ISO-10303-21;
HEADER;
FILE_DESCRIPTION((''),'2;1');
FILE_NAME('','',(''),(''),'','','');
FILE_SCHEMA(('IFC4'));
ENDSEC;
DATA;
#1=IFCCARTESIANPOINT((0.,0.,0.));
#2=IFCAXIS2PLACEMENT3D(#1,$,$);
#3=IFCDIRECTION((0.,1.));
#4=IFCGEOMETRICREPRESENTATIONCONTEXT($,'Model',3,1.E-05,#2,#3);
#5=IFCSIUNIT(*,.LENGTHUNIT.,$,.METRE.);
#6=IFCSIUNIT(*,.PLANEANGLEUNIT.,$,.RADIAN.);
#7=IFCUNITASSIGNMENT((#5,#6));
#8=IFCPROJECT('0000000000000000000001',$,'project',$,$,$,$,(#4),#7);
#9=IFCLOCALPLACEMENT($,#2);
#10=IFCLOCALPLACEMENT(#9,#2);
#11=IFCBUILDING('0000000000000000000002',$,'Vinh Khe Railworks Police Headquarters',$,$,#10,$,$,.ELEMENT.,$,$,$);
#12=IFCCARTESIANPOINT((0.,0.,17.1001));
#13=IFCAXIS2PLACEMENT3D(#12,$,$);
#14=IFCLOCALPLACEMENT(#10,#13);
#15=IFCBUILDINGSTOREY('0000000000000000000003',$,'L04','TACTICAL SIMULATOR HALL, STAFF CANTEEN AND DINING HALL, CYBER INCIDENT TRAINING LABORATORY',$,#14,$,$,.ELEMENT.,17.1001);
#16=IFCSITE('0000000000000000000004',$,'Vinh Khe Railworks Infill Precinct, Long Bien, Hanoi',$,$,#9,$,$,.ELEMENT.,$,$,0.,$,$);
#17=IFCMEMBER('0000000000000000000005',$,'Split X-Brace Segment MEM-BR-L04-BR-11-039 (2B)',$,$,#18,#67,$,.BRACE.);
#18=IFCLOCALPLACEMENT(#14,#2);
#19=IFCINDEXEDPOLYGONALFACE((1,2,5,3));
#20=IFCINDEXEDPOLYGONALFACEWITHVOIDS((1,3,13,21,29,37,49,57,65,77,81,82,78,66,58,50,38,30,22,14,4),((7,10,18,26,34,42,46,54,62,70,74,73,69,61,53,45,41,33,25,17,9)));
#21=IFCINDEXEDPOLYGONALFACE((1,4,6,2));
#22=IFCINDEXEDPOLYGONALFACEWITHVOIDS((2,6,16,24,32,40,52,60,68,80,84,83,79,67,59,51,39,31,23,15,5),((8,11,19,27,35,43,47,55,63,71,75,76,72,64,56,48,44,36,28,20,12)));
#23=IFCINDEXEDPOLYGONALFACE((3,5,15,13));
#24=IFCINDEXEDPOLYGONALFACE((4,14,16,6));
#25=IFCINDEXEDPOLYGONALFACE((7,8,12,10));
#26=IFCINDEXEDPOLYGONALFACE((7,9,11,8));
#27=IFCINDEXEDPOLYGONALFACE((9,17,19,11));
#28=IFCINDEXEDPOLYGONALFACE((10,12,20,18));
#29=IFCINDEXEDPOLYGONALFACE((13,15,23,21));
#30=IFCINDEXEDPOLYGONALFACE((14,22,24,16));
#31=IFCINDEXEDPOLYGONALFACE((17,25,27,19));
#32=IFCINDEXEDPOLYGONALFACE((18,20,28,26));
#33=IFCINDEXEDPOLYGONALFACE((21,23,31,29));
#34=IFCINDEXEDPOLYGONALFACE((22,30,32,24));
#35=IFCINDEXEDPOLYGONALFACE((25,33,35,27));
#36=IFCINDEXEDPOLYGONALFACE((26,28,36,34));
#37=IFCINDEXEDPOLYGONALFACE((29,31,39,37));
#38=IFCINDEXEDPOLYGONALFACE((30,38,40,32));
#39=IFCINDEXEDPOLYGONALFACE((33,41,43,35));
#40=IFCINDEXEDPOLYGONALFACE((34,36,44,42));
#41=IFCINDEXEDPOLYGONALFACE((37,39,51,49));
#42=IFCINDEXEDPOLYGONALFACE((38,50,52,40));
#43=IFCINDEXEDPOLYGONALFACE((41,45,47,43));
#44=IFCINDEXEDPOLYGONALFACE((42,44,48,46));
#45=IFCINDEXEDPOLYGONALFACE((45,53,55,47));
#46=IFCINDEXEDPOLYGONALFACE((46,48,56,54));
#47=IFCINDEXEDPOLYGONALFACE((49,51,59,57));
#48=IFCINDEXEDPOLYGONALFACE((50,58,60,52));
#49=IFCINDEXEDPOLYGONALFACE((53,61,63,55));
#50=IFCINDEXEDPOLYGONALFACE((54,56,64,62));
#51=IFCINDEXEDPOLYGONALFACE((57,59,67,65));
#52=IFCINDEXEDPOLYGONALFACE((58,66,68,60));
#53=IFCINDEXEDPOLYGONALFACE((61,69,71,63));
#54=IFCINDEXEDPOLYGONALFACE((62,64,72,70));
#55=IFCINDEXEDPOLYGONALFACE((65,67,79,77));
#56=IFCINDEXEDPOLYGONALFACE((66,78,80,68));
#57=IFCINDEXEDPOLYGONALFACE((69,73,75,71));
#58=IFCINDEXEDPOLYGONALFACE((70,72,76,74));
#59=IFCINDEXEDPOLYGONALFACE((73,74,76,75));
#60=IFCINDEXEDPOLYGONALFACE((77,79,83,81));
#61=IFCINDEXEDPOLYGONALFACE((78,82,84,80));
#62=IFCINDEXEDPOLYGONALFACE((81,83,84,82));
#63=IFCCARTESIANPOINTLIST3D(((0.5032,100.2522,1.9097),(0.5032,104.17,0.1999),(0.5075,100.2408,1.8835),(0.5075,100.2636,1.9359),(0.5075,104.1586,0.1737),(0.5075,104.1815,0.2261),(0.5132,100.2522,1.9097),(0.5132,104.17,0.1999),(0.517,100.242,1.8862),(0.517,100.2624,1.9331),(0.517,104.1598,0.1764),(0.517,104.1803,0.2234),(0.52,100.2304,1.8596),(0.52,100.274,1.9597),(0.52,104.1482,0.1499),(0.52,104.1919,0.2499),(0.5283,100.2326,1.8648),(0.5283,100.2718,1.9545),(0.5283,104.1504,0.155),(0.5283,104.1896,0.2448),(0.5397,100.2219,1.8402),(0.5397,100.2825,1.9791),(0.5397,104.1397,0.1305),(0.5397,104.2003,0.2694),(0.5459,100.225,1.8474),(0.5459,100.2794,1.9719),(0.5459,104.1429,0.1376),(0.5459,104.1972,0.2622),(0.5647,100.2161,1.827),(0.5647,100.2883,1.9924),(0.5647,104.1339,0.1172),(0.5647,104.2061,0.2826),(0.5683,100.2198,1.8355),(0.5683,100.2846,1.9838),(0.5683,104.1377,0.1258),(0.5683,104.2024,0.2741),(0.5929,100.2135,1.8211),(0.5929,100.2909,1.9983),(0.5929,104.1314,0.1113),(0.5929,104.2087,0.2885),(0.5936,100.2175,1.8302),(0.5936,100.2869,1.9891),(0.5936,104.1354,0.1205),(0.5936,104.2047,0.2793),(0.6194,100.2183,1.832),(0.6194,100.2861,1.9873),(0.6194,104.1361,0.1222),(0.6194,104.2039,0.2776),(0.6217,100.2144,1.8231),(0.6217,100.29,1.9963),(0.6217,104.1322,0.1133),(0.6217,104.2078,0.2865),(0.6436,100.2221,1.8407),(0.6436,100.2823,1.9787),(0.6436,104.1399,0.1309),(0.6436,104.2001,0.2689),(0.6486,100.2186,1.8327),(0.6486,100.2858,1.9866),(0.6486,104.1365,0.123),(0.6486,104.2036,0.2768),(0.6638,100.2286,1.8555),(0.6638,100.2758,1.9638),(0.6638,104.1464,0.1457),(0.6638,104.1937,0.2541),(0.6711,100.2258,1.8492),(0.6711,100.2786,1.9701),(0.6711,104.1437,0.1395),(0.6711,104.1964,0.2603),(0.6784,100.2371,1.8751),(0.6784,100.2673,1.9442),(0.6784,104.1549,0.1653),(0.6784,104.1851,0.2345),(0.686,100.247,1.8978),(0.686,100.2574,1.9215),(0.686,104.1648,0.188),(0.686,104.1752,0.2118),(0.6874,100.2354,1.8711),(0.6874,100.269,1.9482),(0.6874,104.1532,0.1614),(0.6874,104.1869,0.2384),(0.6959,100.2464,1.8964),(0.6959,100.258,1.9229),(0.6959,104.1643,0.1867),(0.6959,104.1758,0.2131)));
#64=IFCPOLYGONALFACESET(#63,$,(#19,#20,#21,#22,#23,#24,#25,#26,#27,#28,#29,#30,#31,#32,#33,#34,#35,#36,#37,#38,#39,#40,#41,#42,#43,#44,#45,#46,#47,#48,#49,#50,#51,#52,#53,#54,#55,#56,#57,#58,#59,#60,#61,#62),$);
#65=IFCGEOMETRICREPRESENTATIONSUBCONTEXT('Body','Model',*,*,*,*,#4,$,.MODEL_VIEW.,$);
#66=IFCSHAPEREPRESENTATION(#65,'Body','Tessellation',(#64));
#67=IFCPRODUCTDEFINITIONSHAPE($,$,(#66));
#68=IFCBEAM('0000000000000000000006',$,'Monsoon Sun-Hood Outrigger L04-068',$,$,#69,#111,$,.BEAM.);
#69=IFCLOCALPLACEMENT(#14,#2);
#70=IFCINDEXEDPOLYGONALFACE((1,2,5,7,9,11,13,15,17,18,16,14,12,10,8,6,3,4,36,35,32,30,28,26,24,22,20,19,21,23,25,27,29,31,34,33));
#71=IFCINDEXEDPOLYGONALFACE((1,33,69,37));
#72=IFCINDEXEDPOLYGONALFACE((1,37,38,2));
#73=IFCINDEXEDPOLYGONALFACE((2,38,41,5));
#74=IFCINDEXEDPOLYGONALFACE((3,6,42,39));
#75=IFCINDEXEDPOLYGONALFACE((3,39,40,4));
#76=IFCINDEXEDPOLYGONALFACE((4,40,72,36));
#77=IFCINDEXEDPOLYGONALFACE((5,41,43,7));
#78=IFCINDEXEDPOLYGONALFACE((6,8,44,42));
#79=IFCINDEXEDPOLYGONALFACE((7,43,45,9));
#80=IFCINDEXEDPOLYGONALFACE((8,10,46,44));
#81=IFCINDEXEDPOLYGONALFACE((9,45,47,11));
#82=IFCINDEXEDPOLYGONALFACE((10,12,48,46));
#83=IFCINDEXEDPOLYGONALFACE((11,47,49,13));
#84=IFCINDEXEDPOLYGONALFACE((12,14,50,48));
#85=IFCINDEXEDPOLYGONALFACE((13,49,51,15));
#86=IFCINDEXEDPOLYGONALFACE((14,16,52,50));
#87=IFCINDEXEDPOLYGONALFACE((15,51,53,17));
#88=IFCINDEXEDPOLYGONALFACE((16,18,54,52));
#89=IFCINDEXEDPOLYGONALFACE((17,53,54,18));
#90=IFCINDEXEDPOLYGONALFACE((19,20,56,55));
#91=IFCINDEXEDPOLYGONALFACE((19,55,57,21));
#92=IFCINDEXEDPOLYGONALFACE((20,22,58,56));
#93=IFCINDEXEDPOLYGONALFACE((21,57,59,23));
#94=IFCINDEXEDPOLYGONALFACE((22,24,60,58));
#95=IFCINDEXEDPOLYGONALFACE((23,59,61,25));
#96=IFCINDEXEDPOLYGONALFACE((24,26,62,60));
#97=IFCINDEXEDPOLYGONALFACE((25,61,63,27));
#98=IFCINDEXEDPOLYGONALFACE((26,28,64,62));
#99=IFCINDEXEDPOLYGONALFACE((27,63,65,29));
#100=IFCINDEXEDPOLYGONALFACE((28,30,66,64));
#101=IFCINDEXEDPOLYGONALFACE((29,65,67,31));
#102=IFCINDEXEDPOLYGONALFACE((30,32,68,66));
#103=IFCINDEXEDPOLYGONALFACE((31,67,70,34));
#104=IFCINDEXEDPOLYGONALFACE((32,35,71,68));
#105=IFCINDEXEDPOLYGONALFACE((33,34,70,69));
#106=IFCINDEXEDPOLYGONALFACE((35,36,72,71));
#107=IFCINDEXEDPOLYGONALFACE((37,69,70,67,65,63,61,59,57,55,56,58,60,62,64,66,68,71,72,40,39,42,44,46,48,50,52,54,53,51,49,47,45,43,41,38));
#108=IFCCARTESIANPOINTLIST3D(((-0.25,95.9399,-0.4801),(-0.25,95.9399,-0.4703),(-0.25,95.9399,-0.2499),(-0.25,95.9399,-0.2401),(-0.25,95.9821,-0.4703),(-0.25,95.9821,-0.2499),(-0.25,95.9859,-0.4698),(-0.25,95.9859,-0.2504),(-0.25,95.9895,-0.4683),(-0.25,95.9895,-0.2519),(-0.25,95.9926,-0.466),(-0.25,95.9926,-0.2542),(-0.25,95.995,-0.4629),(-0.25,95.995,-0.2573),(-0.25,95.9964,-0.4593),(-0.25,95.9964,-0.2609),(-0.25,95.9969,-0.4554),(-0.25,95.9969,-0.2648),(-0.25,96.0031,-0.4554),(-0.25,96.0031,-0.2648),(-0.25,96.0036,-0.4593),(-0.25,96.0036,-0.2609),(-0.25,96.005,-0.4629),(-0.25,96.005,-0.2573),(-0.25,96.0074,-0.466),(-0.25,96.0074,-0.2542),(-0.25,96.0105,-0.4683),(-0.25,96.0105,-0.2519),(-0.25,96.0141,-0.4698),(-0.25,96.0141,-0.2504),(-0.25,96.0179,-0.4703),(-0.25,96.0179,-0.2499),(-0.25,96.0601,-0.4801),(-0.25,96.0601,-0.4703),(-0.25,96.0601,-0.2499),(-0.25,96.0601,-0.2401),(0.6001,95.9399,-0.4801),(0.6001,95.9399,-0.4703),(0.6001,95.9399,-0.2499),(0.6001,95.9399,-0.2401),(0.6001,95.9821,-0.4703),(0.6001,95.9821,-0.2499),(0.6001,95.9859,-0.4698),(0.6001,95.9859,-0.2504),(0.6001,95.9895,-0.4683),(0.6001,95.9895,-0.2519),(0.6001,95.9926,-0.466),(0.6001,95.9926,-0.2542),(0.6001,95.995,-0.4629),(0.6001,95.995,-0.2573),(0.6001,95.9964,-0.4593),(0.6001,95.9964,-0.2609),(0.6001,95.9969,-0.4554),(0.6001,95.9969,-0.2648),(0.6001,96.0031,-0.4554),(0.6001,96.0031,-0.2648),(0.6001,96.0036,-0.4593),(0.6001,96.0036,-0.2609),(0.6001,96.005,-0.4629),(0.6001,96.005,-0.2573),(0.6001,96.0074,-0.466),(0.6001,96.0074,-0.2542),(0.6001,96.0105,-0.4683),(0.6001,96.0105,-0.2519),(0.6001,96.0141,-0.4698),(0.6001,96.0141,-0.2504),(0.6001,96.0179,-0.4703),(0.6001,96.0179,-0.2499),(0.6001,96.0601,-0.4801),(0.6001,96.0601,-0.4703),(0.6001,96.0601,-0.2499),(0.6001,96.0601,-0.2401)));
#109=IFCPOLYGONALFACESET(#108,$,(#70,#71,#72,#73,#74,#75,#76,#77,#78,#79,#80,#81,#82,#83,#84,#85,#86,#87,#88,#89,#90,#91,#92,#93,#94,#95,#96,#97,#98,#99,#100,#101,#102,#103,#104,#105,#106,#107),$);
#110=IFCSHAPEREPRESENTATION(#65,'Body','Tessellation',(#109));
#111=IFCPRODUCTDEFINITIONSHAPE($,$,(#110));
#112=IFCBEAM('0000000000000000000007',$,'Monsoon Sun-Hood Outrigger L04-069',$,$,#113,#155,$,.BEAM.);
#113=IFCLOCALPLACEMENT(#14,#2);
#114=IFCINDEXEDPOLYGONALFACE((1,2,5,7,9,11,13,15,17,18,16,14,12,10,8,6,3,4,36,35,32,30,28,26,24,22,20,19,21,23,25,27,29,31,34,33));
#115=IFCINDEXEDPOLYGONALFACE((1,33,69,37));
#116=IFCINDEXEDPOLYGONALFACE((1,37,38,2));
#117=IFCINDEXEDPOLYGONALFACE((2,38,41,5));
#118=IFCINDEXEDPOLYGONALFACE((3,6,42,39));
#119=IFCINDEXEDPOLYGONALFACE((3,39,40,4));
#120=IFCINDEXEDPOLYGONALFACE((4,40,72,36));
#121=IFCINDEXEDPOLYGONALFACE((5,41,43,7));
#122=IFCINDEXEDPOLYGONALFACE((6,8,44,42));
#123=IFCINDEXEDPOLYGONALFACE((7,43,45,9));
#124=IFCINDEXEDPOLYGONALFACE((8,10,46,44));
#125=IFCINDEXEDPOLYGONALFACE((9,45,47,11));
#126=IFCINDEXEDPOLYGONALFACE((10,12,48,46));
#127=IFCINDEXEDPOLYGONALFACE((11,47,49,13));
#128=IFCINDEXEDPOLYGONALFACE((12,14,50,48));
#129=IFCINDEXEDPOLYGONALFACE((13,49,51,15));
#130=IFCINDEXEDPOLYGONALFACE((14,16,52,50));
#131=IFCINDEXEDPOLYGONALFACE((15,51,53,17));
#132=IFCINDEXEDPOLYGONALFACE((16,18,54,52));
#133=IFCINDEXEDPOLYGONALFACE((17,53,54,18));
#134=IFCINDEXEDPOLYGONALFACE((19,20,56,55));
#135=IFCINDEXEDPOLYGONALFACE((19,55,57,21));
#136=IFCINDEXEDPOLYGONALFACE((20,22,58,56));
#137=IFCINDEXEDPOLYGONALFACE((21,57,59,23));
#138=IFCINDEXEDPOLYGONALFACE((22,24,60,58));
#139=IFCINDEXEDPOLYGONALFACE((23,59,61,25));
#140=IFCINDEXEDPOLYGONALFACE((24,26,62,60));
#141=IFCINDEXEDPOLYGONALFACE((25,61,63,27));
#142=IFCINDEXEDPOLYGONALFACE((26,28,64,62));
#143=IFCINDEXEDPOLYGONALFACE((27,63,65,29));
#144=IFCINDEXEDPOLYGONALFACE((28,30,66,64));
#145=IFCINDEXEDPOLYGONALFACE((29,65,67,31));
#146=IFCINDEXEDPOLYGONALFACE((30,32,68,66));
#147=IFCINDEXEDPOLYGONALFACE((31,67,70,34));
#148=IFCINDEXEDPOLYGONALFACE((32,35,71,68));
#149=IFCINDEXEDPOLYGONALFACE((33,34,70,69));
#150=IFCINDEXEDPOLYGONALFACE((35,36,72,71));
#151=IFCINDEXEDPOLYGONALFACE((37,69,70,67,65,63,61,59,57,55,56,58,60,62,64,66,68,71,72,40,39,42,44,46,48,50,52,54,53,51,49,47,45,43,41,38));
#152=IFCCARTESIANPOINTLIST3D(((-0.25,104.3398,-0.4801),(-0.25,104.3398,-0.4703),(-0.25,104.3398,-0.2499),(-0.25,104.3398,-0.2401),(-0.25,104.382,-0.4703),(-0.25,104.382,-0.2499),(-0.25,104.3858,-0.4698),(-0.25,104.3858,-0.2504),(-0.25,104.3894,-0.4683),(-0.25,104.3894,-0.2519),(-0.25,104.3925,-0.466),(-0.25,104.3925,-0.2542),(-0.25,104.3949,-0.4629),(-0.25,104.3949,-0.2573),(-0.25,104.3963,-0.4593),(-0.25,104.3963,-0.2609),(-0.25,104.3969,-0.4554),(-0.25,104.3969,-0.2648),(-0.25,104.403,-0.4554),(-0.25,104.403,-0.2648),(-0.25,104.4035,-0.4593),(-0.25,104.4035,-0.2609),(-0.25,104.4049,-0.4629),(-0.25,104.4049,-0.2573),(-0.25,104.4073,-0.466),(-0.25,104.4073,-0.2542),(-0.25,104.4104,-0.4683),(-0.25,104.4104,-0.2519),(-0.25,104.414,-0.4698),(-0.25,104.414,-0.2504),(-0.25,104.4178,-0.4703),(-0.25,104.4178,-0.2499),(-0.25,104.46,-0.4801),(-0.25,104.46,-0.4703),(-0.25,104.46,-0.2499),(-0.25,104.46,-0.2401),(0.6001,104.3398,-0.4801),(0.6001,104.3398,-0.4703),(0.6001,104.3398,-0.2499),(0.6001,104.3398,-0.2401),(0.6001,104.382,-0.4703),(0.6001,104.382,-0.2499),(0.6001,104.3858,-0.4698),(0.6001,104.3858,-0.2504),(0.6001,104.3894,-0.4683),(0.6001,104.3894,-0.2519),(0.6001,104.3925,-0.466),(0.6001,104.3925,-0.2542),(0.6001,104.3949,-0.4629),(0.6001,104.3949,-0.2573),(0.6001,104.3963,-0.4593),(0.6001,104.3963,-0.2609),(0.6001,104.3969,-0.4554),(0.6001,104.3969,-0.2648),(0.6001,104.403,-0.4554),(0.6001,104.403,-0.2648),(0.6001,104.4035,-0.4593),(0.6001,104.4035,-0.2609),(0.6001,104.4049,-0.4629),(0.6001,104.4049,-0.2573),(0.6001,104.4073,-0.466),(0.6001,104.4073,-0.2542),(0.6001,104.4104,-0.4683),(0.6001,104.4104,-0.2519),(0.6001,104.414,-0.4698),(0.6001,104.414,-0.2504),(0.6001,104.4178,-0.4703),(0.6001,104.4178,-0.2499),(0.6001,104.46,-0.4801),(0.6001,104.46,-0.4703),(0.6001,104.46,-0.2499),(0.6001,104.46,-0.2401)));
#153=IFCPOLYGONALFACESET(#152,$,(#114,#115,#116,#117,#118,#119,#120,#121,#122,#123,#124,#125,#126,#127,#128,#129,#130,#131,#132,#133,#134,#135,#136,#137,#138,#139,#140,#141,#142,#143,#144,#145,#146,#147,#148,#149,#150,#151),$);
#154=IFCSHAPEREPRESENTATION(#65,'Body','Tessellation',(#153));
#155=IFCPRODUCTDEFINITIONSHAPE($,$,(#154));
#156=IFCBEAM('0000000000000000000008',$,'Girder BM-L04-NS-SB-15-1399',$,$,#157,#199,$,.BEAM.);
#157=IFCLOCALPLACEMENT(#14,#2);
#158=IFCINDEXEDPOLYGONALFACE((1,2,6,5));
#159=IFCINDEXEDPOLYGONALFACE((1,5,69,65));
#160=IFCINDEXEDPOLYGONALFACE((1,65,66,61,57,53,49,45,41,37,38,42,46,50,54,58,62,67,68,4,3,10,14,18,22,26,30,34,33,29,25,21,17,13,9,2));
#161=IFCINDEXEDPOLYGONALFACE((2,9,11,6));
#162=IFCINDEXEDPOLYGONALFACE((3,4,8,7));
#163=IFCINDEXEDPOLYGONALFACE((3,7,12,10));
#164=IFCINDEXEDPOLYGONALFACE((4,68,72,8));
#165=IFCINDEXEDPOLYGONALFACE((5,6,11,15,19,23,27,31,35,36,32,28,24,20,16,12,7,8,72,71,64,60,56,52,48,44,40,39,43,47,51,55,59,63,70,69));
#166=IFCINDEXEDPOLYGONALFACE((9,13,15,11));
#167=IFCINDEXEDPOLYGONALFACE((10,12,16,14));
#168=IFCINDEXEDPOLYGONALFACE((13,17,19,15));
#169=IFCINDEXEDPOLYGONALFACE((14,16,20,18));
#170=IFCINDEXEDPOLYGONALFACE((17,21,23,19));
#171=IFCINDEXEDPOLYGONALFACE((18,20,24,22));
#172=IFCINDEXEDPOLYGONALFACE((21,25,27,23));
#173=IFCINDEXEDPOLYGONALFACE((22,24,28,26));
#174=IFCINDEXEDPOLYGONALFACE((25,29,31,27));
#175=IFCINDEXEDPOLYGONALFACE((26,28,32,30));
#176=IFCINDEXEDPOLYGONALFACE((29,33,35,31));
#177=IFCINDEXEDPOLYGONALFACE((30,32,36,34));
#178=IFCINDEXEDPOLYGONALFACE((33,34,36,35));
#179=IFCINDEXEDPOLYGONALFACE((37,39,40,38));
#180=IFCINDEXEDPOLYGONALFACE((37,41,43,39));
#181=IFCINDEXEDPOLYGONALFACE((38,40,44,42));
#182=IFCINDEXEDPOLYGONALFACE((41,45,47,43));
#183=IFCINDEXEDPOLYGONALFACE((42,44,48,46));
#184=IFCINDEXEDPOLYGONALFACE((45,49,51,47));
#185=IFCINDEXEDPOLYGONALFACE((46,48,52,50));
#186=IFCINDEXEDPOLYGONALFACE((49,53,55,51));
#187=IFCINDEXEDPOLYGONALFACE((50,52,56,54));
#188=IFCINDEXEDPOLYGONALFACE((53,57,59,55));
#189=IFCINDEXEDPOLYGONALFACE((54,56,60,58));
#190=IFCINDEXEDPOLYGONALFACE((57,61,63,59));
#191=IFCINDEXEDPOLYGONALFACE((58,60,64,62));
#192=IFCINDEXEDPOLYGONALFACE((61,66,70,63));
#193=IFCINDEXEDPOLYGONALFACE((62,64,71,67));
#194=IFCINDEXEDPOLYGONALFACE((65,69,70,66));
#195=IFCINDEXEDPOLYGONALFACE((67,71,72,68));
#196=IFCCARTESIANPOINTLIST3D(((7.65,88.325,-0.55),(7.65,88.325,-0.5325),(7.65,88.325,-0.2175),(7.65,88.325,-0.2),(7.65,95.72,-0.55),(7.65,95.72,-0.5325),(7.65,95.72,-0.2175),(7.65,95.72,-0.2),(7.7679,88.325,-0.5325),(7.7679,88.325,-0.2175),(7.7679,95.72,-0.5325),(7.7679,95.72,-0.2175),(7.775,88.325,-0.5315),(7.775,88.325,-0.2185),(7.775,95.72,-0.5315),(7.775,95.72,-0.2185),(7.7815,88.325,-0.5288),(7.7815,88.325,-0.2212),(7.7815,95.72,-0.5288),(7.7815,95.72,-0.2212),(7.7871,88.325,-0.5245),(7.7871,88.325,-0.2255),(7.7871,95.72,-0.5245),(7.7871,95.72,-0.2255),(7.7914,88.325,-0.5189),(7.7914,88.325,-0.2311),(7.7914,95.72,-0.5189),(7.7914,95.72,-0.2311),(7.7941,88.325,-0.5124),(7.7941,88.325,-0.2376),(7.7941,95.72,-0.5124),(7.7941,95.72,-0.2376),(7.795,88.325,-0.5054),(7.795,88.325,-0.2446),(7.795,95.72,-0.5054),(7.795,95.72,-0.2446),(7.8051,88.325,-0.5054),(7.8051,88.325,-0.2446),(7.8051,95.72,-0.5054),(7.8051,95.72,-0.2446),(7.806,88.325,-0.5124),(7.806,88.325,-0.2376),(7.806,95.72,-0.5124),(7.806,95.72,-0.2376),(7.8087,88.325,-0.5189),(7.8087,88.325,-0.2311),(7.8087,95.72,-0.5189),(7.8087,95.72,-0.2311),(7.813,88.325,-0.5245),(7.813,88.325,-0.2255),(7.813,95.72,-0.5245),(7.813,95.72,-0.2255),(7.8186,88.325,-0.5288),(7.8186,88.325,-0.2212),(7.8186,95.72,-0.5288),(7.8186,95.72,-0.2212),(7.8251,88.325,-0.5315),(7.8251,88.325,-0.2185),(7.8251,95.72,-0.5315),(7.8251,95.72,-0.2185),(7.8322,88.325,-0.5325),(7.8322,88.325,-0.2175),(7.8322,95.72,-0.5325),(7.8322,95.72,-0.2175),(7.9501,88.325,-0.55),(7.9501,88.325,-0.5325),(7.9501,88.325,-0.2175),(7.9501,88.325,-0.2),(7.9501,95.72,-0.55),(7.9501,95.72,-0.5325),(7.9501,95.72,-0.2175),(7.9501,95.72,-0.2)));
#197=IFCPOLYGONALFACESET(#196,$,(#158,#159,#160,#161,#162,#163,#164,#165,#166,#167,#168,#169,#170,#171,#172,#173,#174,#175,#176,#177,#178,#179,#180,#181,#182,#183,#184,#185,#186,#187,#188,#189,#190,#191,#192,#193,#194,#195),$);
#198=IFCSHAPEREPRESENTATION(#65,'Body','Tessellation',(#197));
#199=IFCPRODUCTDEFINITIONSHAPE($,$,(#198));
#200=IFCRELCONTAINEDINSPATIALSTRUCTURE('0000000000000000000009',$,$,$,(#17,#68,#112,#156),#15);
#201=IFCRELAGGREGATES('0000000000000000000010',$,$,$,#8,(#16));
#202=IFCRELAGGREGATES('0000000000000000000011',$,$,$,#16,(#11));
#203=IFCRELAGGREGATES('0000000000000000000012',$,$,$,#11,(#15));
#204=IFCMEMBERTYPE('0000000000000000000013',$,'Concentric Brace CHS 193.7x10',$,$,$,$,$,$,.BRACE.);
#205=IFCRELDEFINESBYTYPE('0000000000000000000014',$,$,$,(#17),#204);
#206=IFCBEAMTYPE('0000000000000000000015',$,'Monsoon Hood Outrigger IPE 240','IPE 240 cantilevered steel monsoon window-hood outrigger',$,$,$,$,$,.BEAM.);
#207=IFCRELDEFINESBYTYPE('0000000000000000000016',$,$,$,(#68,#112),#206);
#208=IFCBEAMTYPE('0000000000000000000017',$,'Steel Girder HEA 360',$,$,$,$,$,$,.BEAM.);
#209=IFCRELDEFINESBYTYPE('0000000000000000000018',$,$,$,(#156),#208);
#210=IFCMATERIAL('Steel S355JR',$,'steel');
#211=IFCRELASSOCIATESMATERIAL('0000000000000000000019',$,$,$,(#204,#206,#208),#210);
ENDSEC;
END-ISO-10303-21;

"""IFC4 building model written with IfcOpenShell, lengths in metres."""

from ifc_helpers import new_model, si_unit, direction, frame, origin, origin_2d, place, context, subcontext, project, spatial, hollow_circle, i_section, extrude, material, material_profile, profile_set, type_object, element, save


model = new_model("IFC4")

# Units and contexts
model_context = context("Model", 3, precision=1e-05, world=origin(), true_north=direction((0.0, 1.0)))
body_context = subcontext(model_context, "Body", "Model", "MODEL_VIEW")
ifc_project = project(units=[si_unit("LENGTHUNIT", "METRE"), si_unit("PLANEANGLEUNIT", "RADIAN")], contexts=[model_context])

# Site, building, storey
site_placement = place(None, origin())
site = spatial("IfcSite", under=ifc_project, at=site_placement, Name="Vinh Khe Railworks Infill Precinct, Long Bien, Hanoi", CompositionType="ELEMENT", RefElevation=0.0)
building_placement = place(site_placement, origin())
building = spatial("IfcBuilding", under=site, at=building_placement, Name="Vinh Khe Railworks Police Headquarters", CompositionType="ELEMENT")
storey_placement = place(building_placement, frame((0.0, 0.0, 17.1001)))
storey = spatial("IfcBuildingStorey", under=building, at=storey_placement, Name="L04", Description="TACTICAL SIMULATOR HALL, STAFF CANTEEN AND DINING HALL, CYBER INCIDENT TRAINING LABORATORY", CompositionType="ELEMENT", Elevation=17.1001)

# Shared definitions
ifc_material_1 = material(Name="Steel S355JR", Category="steel")

# Member
ifc_material_profile_1 = material_profile(ifc_material_1, hollow_circle(Radius=0.0969, WallThickness=0.01, at=origin_2d()), Name="CHS 193.7x10")
ifc_profile_set_1 = profile_set([ifc_material_profile_1], Name="Steel S355JR")
member_type = type_object("IfcMemberType", Name="Concentric Brace CHS 193.7x10", PredefinedType="BRACE", material=ifc_profile_set_1)
for number, where, z_axis, x_axis, name in (
    (1, (0.6001, 100.2522, 1.9097), (0.0, 0.916525, -0.399977), (-1.0, 0.0, 0.0), "Split X-Brace Segment MEM-BR-L04-BR-11-039 (2B)"),
):
    element("IfcMember", number, at=place(storey_placement, frame(where, z_axis=z_axis, x_axis=x_axis)), inside=storey, type_object=member_type, Name=name, PredefinedType="BRACE", context=body_context, shape_type="SweptSolid", body=[
        extrude(hollow_circle(Radius=0.0969, WallThickness=0.01, at=origin_2d()), origin(), (0.0, 0.0, 1.0), 4.2747),
    ])

# Beams
ifc_material_profile_2 = material_profile(ifc_material_1, i_section(OverallWidth=0.1201, OverallDepth=0.24, WebThickness=0.0061, FlangeThickness=0.0098, FilletRadius=0.0149, at=origin_2d()), Name="IPE 240")
ifc_profile_set_2 = profile_set([ifc_material_profile_2], Name="Steel S355JR")
beam_type_1 = type_object("IfcBeamType", Name="Monsoon Hood Outrigger IPE 240", Description="IPE 240 cantilevered steel monsoon window-hood outrigger", PredefinedType="BEAM", material=ifc_profile_set_2)
for number, where, z_axis, x_axis, name in (
    (2, (-0.25, 96.0, -0.3601), (1.0, 0.0, 0.0), (0.0, 1.0, 0.0), "Monsoon Sun-Hood Outrigger L04-068"),
    (3, (-0.25, 104.3999, -0.3601), (1.0, 0.0, 0.0), (0.0, 1.0, 0.0), "Monsoon Sun-Hood Outrigger L04-069"),
):
    element("IfcBeam", number, at=place(storey_placement, frame(where, z_axis=z_axis, x_axis=x_axis)), inside=storey, type_object=beam_type_1, Name=name, PredefinedType="BEAM", context=body_context, shape_type="SweptSolid", body=[
        extrude(i_section(OverallWidth=0.1201, OverallDepth=0.24, WebThickness=0.0061, FlangeThickness=0.0098, FilletRadius=0.0149, at=origin_2d()), origin(), (0.0, 0.0, 1.0), 0.8501),
    ])
ifc_material_profile_3 = material_profile(ifc_material_1, i_section(OverallWidth=0.3, OverallDepth=0.3501, WebThickness=0.01, FlangeThickness=0.0176, FilletRadius=0.0271, at=origin_2d()), Name="HEA 360")
ifc_profile_set_3 = profile_set([ifc_material_profile_3], Name="Steel S355JR")
beam_type_2 = type_object("IfcBeamType", Name="Steel Girder HEA 360", PredefinedType="BEAM", material=ifc_profile_set_3)
beam_1_placement = place(storey_placement, frame((7.8, 88.325, -0.375), z_axis=(0.0, 1.0, 0.0), x_axis=(-1.0, 0.0, 0.0)))
element("IfcBeam", 4, at=beam_1_placement, inside=storey, type_object=beam_type_2, Name="Girder BM-L04-NS-SB-15-1399", PredefinedType="BEAM", context=body_context, shape_type="SweptSolid", body=[
    extrude(i_section(OverallWidth=0.3, OverallDepth=0.3501, WebThickness=0.01, FlangeThickness=0.0176, FilletRadius=0.0271, at=origin_2d()), origin(), (0.0, 0.0, 1.0), 7.395),
])

save(model, "model.ifc")
